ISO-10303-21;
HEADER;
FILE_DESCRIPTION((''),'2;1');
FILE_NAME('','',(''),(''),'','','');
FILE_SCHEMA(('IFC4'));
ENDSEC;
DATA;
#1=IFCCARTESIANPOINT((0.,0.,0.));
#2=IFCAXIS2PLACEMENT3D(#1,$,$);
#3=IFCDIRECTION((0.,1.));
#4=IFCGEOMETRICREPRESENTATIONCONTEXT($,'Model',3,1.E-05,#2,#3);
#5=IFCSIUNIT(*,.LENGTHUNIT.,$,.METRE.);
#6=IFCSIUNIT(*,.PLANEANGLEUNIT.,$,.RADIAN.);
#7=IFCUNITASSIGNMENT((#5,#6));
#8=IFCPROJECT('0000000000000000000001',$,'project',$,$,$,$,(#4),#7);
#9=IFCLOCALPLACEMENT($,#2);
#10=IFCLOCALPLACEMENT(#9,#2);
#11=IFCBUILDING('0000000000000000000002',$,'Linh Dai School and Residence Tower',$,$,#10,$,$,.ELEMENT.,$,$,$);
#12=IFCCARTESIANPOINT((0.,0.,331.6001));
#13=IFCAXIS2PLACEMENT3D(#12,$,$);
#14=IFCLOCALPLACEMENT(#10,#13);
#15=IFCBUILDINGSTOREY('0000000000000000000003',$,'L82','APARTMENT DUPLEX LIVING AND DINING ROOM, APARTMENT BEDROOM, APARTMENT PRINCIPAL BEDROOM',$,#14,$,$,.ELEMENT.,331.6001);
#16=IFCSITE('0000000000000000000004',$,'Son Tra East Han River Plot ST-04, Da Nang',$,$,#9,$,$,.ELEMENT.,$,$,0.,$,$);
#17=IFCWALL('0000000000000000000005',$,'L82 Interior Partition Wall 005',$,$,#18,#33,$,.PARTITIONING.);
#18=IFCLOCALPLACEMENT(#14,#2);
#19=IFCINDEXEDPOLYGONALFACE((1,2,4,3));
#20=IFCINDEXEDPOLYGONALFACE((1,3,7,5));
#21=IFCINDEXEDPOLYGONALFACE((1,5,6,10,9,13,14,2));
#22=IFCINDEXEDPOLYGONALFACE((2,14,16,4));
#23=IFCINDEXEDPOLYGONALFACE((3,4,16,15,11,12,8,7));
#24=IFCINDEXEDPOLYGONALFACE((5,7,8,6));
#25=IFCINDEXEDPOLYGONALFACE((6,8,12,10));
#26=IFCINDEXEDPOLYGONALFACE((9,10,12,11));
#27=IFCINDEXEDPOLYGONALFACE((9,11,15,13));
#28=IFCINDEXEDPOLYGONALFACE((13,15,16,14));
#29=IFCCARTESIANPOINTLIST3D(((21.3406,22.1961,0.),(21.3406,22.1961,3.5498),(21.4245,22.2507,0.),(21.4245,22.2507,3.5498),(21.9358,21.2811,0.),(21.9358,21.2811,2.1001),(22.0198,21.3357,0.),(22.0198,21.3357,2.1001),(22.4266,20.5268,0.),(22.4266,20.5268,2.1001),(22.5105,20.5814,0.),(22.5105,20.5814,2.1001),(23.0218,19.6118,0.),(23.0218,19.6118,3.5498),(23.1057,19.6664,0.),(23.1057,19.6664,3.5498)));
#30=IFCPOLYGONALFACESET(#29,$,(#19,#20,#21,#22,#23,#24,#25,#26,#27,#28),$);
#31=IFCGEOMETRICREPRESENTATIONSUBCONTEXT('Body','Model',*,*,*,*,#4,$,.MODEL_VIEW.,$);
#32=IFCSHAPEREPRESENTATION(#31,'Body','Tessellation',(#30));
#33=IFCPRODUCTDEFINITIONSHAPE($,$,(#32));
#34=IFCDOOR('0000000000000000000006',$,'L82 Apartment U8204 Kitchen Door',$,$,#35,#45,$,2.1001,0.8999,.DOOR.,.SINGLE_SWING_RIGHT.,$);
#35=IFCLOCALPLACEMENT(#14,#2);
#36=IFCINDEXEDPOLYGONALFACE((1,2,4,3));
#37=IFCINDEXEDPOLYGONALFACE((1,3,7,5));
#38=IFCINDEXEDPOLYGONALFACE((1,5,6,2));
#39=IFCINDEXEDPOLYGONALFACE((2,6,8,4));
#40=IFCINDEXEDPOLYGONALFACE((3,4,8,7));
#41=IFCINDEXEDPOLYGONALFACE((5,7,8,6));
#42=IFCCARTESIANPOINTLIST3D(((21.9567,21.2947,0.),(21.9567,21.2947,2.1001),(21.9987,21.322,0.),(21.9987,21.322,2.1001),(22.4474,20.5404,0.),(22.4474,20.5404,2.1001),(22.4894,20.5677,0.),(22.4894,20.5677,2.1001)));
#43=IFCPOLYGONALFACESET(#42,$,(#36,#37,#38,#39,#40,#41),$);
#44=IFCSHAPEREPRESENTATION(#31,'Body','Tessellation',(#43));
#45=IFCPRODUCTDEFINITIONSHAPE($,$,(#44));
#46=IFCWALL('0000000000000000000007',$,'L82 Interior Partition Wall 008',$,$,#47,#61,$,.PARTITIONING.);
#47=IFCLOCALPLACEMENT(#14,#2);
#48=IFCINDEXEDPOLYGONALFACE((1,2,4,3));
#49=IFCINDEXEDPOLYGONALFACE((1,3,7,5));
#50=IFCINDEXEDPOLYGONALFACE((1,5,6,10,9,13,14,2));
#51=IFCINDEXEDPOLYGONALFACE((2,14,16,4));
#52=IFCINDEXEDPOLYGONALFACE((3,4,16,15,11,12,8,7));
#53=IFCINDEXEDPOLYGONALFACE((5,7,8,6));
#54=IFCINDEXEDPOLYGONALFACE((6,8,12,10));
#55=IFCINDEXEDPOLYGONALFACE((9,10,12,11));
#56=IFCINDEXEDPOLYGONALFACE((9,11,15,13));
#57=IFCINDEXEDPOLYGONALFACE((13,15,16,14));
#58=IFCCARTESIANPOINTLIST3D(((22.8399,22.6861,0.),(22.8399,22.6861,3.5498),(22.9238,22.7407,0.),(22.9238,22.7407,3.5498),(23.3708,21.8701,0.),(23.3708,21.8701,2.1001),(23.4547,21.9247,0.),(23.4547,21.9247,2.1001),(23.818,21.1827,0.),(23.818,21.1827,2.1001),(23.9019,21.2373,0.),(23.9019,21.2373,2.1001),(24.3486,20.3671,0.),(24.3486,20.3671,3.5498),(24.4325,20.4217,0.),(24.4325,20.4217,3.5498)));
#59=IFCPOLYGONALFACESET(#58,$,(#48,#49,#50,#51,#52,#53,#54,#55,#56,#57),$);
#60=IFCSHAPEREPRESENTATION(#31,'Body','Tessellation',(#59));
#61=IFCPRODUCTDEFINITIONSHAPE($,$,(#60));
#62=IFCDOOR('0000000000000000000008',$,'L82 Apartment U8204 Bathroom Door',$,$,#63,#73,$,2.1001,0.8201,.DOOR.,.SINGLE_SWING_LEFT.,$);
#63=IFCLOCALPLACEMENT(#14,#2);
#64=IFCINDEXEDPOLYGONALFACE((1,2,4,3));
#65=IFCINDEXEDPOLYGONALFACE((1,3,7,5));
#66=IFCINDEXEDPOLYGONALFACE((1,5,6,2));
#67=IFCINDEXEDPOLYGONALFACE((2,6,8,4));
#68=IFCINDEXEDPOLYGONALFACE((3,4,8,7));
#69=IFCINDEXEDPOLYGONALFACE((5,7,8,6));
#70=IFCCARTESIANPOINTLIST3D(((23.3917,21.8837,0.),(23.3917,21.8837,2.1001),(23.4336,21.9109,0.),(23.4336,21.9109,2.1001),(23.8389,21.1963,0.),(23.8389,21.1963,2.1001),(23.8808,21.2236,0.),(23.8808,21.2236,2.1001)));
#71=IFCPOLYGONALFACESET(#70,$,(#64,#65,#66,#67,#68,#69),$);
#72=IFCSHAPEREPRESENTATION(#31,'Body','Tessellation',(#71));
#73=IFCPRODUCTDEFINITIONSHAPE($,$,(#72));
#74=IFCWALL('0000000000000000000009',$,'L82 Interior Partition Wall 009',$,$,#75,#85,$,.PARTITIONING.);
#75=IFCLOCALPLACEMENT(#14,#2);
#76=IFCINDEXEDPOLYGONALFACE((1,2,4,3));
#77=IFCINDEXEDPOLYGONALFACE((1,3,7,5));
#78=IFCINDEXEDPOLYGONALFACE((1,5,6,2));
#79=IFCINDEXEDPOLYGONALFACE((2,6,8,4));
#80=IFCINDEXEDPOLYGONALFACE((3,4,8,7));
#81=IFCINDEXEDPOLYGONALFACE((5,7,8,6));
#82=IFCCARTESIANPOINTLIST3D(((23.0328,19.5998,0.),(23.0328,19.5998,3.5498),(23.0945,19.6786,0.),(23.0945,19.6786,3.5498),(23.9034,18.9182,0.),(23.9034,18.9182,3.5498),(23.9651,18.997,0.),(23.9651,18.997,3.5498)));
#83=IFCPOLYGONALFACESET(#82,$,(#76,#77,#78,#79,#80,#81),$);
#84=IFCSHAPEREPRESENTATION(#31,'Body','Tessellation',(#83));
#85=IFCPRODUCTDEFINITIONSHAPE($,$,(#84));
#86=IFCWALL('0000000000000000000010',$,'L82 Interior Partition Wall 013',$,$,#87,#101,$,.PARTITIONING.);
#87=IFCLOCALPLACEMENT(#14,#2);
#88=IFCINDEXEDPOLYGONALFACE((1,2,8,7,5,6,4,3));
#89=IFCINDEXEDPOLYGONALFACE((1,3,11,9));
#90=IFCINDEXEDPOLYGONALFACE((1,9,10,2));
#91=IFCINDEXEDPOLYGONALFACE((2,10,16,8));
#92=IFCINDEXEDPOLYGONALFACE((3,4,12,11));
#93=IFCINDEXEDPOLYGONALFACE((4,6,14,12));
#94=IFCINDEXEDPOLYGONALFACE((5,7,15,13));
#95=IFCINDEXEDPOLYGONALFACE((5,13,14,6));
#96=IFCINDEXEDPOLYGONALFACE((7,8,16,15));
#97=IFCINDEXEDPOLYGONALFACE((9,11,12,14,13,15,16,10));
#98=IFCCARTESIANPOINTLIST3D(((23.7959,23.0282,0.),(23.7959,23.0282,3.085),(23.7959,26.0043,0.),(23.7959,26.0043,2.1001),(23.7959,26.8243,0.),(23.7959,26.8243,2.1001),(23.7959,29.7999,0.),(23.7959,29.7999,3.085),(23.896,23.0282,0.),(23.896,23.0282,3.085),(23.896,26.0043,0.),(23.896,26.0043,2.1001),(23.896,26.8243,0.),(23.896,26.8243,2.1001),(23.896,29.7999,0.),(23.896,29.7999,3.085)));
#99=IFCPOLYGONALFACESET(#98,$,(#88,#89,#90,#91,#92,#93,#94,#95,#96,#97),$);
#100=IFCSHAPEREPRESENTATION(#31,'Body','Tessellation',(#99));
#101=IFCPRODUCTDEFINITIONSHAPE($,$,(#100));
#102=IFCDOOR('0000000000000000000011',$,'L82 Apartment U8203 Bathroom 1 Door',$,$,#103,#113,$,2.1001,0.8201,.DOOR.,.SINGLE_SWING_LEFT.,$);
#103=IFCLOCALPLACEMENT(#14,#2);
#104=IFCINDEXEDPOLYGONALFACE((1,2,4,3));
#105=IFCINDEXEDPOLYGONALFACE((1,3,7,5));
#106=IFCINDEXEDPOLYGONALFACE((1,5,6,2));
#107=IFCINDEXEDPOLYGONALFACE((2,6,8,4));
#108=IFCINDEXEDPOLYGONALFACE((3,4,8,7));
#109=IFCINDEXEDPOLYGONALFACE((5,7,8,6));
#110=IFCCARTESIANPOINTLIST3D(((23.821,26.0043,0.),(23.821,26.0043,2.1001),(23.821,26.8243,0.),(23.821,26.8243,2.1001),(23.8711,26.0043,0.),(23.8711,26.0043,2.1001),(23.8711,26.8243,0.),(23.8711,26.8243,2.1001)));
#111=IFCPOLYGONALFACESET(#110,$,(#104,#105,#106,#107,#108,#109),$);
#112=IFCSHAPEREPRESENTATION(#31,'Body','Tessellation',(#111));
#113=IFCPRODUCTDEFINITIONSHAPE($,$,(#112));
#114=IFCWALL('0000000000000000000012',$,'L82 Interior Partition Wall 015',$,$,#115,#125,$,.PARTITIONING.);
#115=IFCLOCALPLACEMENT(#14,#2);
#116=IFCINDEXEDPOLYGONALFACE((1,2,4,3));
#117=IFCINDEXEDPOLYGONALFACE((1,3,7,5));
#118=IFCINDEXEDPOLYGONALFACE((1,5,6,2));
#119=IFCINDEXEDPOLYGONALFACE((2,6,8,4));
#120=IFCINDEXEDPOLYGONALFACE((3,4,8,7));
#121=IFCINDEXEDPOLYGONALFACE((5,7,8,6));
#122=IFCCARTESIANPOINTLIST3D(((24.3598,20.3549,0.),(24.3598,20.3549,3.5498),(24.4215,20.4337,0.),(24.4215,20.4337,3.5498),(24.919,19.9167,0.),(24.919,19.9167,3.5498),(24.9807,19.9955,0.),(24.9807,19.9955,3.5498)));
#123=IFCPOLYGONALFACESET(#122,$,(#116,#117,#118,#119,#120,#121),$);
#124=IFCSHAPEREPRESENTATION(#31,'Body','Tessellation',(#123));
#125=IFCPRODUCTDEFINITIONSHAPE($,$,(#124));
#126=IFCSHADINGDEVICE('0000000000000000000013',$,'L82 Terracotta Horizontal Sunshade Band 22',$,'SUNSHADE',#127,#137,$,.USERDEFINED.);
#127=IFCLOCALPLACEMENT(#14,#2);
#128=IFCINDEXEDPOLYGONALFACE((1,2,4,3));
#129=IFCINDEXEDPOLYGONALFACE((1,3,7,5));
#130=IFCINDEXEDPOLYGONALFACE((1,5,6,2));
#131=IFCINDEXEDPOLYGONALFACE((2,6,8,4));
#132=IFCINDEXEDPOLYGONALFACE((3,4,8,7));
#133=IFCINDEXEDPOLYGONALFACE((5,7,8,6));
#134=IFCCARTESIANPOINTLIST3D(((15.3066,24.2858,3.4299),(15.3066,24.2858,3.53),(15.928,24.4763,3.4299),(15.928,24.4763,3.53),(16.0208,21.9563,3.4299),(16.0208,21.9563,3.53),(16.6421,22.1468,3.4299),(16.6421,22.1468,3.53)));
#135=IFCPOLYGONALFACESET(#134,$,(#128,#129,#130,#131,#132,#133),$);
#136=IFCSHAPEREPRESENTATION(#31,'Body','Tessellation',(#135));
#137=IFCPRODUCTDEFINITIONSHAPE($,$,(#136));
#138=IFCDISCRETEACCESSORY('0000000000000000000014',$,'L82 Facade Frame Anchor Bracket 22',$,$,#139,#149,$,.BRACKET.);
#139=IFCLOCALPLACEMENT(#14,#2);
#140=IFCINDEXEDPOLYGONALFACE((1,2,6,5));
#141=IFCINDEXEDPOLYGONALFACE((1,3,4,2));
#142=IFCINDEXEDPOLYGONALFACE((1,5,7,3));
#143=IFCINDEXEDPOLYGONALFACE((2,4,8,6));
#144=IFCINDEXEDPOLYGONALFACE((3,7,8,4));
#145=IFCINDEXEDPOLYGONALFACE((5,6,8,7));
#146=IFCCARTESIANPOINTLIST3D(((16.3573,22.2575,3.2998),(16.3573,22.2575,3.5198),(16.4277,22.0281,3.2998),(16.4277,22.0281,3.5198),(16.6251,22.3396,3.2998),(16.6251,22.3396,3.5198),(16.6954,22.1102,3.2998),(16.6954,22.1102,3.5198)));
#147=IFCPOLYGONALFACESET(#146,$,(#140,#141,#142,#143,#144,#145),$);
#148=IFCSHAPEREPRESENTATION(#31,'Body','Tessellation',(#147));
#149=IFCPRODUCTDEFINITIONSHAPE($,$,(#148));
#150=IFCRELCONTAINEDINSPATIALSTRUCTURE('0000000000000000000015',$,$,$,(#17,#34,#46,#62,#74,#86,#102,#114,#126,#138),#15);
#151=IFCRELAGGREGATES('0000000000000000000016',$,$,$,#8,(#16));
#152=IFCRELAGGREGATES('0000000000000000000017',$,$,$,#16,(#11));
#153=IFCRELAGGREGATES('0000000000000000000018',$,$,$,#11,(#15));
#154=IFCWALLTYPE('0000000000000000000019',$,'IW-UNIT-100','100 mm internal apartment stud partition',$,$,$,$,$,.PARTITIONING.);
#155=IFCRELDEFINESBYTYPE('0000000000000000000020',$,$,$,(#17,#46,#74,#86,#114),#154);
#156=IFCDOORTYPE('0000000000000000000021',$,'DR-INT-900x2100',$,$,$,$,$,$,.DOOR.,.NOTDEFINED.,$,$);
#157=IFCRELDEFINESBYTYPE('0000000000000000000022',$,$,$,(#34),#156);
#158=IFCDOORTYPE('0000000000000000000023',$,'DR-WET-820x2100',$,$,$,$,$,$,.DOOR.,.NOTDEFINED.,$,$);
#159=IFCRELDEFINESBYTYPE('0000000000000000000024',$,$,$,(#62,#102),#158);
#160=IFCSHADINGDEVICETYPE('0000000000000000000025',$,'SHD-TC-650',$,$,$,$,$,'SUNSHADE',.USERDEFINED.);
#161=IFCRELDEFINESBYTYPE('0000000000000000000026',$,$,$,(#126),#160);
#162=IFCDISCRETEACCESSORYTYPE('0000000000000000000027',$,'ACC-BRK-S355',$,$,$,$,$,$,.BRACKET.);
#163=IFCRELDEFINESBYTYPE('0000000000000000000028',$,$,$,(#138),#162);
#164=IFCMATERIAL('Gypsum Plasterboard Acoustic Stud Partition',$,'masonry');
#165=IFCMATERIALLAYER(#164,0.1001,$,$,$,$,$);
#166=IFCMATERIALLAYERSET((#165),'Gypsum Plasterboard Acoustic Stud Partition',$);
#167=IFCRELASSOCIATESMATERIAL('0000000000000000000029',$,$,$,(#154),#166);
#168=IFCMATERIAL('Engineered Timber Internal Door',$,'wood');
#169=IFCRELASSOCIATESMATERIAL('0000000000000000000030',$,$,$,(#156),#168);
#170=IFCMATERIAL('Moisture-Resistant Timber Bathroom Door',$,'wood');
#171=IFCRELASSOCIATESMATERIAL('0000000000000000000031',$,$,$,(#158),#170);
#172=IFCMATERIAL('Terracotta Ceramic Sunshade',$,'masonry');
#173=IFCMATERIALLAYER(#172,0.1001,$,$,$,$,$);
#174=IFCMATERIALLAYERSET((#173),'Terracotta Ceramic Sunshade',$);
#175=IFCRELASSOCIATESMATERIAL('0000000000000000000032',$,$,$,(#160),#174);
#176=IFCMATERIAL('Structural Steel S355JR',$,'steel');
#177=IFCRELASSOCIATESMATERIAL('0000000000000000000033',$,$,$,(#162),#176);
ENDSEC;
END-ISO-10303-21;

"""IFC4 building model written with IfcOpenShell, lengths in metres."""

from ifc_helpers import new_model, si_unit, direction, frame, frame_2d, origin, origin_2d, place, context, subcontext, project, spatial, rectangle, extrude, source, transform, mapped, material, layer, layer_set, type_object, element, fill, save


model = new_model("IFC4")

# Units and contexts
model_context = context("Model", 3, precision=1e-05, world=origin(), true_north=direction((0.0, 1.0)))
body_context = subcontext(model_context, "Body", "Model", "MODEL_VIEW")
ifc_project = project(units=[si_unit("LENGTHUNIT", "METRE"), si_unit("PLANEANGLEUNIT", "RADIAN")], contexts=[model_context])

# Site, building, storey
site_placement = place(None, origin())
site = spatial("IfcSite", under=ifc_project, at=site_placement, Name="Son Tra East Han River Plot ST-04, Da Nang", CompositionType="ELEMENT", RefElevation=0.0)
building_placement = place(site_placement, origin())
building = spatial("IfcBuilding", under=site, at=building_placement, Name="Linh Dai School and Residence Tower", CompositionType="ELEMENT")
storey_placement = place(building_placement, frame((0.0, 0.0, 331.6001)))
storey = spatial("IfcBuildingStorey", under=building, at=storey_placement, Name="L82", Description="APARTMENT DUPLEX LIVING AND DINING ROOM, APARTMENT BEDROOM, APARTMENT PRINCIPAL BEDROOM", CompositionType="ELEMENT", Elevation=331.6001)

# Shared definitions
ifc_material_1 = material(Name="Structural Steel S355JR", Category="steel")

# Walls, openings, doors
ifc_material_2 = material(Name="Gypsum Plasterboard Acoustic Stud Partition", Category="masonry")
ifc_layer_1 = layer(ifc_material_2, 0.1001)
ifc_layer_set_1 = layer_set([ifc_layer_1], Name="Gypsum Plasterboard Acoustic Stud Partition")
wall_type_1 = type_object("IfcWallType", Name="IW-UNIT-100", Description="100 mm internal apartment stud partition", PredefinedType="PARTITIONING", material=ifc_layer_set_1)
ifc_material_3 = material(Name="Engineered Timber Internal Door", Category="wood")
door_type_1 = type_object("IfcDoorType", Name="DR-INT-900x2100", OperationType="NOTDEFINED", PredefinedType="DOOR", material=ifc_material_3)
shared_shape_1 = source(origin(), body_context, "Body", "SweptSolid", [
    extrude(rectangle(XDim=0.8999, YDim=2.1001, at=origin_2d()), frame((0.45, 0.0249, 1.05), z_axis=(0.0, -1.0, 0.0), x_axis=(1.0, 0.0, 0.0)), (0.0, 0.0, 1.0), 0.05),
])
wall_1_placement = place(storey_placement, frame((21.3826, 22.2234, 0.0), z_axis=(0.0, 0.0, 1.0), x_axis=(0.545308, -0.838235, 0.0)))
wall_1 = element("IfcWall", 1, at=wall_1_placement, inside=storey, type_object=wall_type_1, Name="L82 Interior Partition Wall 005", PredefinedType="PARTITIONING", context=body_context, shape_type="SweptSolid", body=[
    extrude(rectangle(XDim=3.083, YDim=0.1001, at=frame_2d((1.5415, 0.0))), origin(), (0.0, 0.0, 1.0), 3.5498),
])
opening_1_placement = place(wall_1_placement, frame((1.0916, 0.0, 0.0)))
opening_1 = element("IfcOpeningElement", 2, at=opening_1_placement, cuts=wall_1, PredefinedType="OPENING", context=body_context, shape_type="SweptSolid", body=[
    extrude(rectangle(XDim=0.8999, YDim=2.1001, at=origin_2d()), frame((0.45, 0.0601, 1.05), z_axis=(0.0, -1.0, 0.0), x_axis=(1.0, 0.0, 0.0)), (0.0, 0.0, 1.0), 0.1201),
])
door_1_placement = place(opening_1_placement, origin())
door_1 = element("IfcDoor", 3, at=door_1_placement, inside=storey, type_object=door_type_1, Name="L82 Apartment U8204 Kitchen Door", OperationType="SINGLE_SWING_RIGHT", OverallHeight=2.1001, OverallWidth=0.8999, PredefinedType="DOOR", context=body_context, shape_type="MappedRepresentation", body=[
    mapped(shared_shape_1, transform((0.0, 0.0, 0.0), x_axis=(1.0, 0.0, 0.0), y_axis=(0.0, 1.0, 0.0), z_axis=(0.0, 0.0, 1.0), scale=1.0)),
])
fill(opening_1, door_1)
wall_2_placement = place(storey_placement, frame((22.8818, 22.7134, 0.0), z_axis=(0.0, 0.0, 1.0), x_axis=(0.545339, -0.838216, 0.0)))
wall_2 = element("IfcWall", 4, at=wall_2_placement, inside=storey, type_object=wall_type_1, Name="L82 Interior Partition Wall 008", PredefinedType="PARTITIONING", context=body_context, shape_type="SweptSolid", body=[
    extrude(rectangle(XDim=2.7666, YDim=0.1001, at=frame_2d((1.3833, 0.0))), origin(), (0.0, 0.0, 1.0), 3.5498),
])
opening_2_placement = place(wall_2_placement, frame((0.9734, 0.0, 0.0)))
opening_2 = element("IfcOpeningElement", 5, at=opening_2_placement, cuts=wall_2, PredefinedType="OPENING", context=body_context, shape_type="SweptSolid", body=[
    extrude(rectangle(XDim=0.8201, YDim=2.1001, at=origin_2d()), frame((0.4102, 0.0601, 1.05), z_axis=(0.0, -1.0, 0.0), x_axis=(1.0, 0.0, 0.0)), (0.0, 0.0, 1.0), 0.1201),
])
ifc_material_4 = material(Name="Moisture-Resistant Timber Bathroom Door", Category="wood")
door_type_2 = type_object("IfcDoorType", Name="DR-WET-820x2100", OperationType="NOTDEFINED", PredefinedType="DOOR", material=ifc_material_4)
shared_shape_2 = source(origin(), body_context, "Body", "SweptSolid", [
    extrude(rectangle(XDim=0.8201, YDim=2.1001, at=origin_2d()), frame((0.4102, 0.0249, 1.05), z_axis=(0.0, -1.0, 0.0), x_axis=(1.0, 0.0, 0.0)), (0.0, 0.0, 1.0), 0.05),
])
door_2_placement = place(opening_2_placement, origin())
door_2 = element("IfcDoor", 6, at=door_2_placement, inside=storey, type_object=door_type_2, Name="L82 Apartment U8204 Bathroom Door", OperationType="SINGLE_SWING_LEFT", OverallHeight=2.1001, OverallWidth=0.8201, PredefinedType="DOOR", context=body_context, shape_type="MappedRepresentation", body=[
    mapped(shared_shape_2, transform((0.0, 0.0, 0.0), x_axis=(1.0, 0.0, 0.0), y_axis=(0.0, 1.0, 0.0), z_axis=(0.0, 0.0, 1.0), scale=1.0)),
])
fill(opening_2, door_2)

# Wall
wall_3_placement = place(storey_placement, frame((23.0637, 19.6392, 0.0), z_axis=(0.0, 0.0, 1.0), x_axis=(0.787375, -0.616475, 0.0)))
element("IfcWall", 7, at=wall_3_placement, inside=storey, type_object=wall_type_1, Name="L82 Interior Partition Wall 009", PredefinedType="PARTITIONING", context=body_context, shape_type="SweptSolid", body=[
    extrude(rectangle(XDim=1.1057, YDim=0.1001, at=frame_2d((0.5527, 0.0))), origin(), (0.0, 0.0, 1.0), 3.5498),
])

# Wall, opening, door
wall_4_placement = place(storey_placement, frame((23.8459, 23.0283, 0.0), z_axis=(0.0, 0.0, 1.0), x_axis=(0.0, 1.0, 0.0)))
wall_4 = element("IfcWall", 8, at=wall_4_placement, inside=storey, type_object=wall_type_1, Name="L82 Interior Partition Wall 013", PredefinedType="PARTITIONING", context=body_context, shape_type="SweptSolid", body=[
    extrude(rectangle(XDim=6.7717, YDim=0.1001, at=frame_2d((3.3857, 0.0))), origin(), (0.0, 0.0, 1.0), 3.085),
])
opening_3_placement = place(wall_4_placement, frame((2.9758, 0.0, 0.0)))
opening_3 = element("IfcOpeningElement", 9, at=opening_3_placement, cuts=wall_4, PredefinedType="OPENING", context=body_context, shape_type="SweptSolid", body=[
    extrude(rectangle(XDim=0.8201, YDim=2.1001, at=origin_2d()), frame((0.4102, 0.0601, 1.05), z_axis=(0.0, -1.0, 0.0), x_axis=(1.0, 0.0, 0.0)), (0.0, 0.0, 1.0), 0.1201),
])
door_3_placement = place(opening_3_placement, origin())
door_3 = element("IfcDoor", 10, at=door_3_placement, inside=storey, type_object=door_type_2, Name="L82 Apartment U8203 Bathroom 1 Door", OperationType="SINGLE_SWING_LEFT", OverallHeight=2.1001, OverallWidth=0.8201, PredefinedType="DOOR", context=body_context, shape_type="MappedRepresentation", body=[
    mapped(shared_shape_2, transform((0.0, 0.0, 0.0), x_axis=(1.0, 0.0, 0.0), y_axis=(0.0, 1.0, 0.0), z_axis=(0.0, 0.0, 1.0), scale=1.0)),
])
fill(opening_3, door_3)

# Wall
wall_5_placement = place(storey_placement, frame((24.3906, 20.3943, 0.0), z_axis=(0.0, 0.0, 1.0), x_axis=(0.787164, -0.616744, 0.0)))
element("IfcWall", 11, at=wall_5_placement, inside=storey, type_object=wall_type_1, Name="L82 Interior Partition Wall 015", PredefinedType="PARTITIONING", context=body_context, shape_type="SweptSolid", body=[
    extrude(rectangle(XDim=0.7104, YDim=0.1001, at=frame_2d((0.3552, 0.0))), origin(), (0.0, 0.0, 1.0), 3.5498),
])

# Shading device
ifc_material_5 = material(Name="Terracotta Ceramic Sunshade", Category="masonry")
ifc_layer_2 = layer(ifc_material_5, 0.1001)
ifc_layer_set_2 = layer_set([ifc_layer_2], Name="Terracotta Ceramic Sunshade")
shading_device_type = type_object("IfcShadingDeviceType", Name="SHD-TC-650", ElementType="SUNSHADE", PredefinedType="USERDEFINED", material=ifc_layer_set_2)
shared_shape_3 = source(origin(), body_context, "Body", "SweptSolid", [
    extrude(rectangle(XDim=2.4365, YDim=0.6499, at=origin_2d()), origin(), (0.0, 0.0, 1.0), 0.1001),
])
shading_device_placement = place(storey_placement, frame((15.9744, 23.2163, 3.4299), z_axis=(0.0, 0.0, 1.0), x_axis=(-0.293095, 0.956083, 0.0)))
element("IfcShadingDevice", 12, at=shading_device_placement, inside=storey, type_object=shading_device_type, Name="L82 Terracotta Horizontal Sunshade Band 22", ObjectType="SUNSHADE", PredefinedType="USERDEFINED", context=body_context, shape_type="MappedRepresentation", body=[
    mapped(shared_shape_3, transform((0.0, 0.0, 0.0), x_axis=(1.0, 0.0, 0.0), y_axis=(0.0, 1.0, 0.0), z_axis=(0.0, 0.0, 1.0), scale=1.0)),
])

# Discrete accessory
discrete_accessory_type = type_object("IfcDiscreteAccessoryType", Name="ACC-BRK-S355", PredefinedType="BRACKET", material=ifc_material_1)
shared_shape_4 = source(origin(), body_context, "Body", "SweptSolid", [
    extrude(rectangle(XDim=0.28, YDim=0.24, at=origin_2d()), origin(), (0.0, 0.0, 1.0), 0.22),
])
discrete_accessory_placement = place(storey_placement, frame((16.5264, 22.1838, 3.2998), z_axis=(0.0, 0.0, 1.0), x_axis=(-0.956083, -0.293095, 0.0)))
element("IfcDiscreteAccessory", 13, at=discrete_accessory_placement, inside=storey, type_object=discrete_accessory_type, Name="L82 Facade Frame Anchor Bracket 22", PredefinedType="BRACKET", context=body_context, shape_type="MappedRepresentation", body=[
    mapped(shared_shape_4, transform((0.0, 0.0, 0.0), x_axis=(1.0, 0.0, 0.0), y_axis=(0.0, 1.0, 0.0), z_axis=(0.0, 0.0, 1.0), scale=1.0)),
])

save(model, "model.ifc")
